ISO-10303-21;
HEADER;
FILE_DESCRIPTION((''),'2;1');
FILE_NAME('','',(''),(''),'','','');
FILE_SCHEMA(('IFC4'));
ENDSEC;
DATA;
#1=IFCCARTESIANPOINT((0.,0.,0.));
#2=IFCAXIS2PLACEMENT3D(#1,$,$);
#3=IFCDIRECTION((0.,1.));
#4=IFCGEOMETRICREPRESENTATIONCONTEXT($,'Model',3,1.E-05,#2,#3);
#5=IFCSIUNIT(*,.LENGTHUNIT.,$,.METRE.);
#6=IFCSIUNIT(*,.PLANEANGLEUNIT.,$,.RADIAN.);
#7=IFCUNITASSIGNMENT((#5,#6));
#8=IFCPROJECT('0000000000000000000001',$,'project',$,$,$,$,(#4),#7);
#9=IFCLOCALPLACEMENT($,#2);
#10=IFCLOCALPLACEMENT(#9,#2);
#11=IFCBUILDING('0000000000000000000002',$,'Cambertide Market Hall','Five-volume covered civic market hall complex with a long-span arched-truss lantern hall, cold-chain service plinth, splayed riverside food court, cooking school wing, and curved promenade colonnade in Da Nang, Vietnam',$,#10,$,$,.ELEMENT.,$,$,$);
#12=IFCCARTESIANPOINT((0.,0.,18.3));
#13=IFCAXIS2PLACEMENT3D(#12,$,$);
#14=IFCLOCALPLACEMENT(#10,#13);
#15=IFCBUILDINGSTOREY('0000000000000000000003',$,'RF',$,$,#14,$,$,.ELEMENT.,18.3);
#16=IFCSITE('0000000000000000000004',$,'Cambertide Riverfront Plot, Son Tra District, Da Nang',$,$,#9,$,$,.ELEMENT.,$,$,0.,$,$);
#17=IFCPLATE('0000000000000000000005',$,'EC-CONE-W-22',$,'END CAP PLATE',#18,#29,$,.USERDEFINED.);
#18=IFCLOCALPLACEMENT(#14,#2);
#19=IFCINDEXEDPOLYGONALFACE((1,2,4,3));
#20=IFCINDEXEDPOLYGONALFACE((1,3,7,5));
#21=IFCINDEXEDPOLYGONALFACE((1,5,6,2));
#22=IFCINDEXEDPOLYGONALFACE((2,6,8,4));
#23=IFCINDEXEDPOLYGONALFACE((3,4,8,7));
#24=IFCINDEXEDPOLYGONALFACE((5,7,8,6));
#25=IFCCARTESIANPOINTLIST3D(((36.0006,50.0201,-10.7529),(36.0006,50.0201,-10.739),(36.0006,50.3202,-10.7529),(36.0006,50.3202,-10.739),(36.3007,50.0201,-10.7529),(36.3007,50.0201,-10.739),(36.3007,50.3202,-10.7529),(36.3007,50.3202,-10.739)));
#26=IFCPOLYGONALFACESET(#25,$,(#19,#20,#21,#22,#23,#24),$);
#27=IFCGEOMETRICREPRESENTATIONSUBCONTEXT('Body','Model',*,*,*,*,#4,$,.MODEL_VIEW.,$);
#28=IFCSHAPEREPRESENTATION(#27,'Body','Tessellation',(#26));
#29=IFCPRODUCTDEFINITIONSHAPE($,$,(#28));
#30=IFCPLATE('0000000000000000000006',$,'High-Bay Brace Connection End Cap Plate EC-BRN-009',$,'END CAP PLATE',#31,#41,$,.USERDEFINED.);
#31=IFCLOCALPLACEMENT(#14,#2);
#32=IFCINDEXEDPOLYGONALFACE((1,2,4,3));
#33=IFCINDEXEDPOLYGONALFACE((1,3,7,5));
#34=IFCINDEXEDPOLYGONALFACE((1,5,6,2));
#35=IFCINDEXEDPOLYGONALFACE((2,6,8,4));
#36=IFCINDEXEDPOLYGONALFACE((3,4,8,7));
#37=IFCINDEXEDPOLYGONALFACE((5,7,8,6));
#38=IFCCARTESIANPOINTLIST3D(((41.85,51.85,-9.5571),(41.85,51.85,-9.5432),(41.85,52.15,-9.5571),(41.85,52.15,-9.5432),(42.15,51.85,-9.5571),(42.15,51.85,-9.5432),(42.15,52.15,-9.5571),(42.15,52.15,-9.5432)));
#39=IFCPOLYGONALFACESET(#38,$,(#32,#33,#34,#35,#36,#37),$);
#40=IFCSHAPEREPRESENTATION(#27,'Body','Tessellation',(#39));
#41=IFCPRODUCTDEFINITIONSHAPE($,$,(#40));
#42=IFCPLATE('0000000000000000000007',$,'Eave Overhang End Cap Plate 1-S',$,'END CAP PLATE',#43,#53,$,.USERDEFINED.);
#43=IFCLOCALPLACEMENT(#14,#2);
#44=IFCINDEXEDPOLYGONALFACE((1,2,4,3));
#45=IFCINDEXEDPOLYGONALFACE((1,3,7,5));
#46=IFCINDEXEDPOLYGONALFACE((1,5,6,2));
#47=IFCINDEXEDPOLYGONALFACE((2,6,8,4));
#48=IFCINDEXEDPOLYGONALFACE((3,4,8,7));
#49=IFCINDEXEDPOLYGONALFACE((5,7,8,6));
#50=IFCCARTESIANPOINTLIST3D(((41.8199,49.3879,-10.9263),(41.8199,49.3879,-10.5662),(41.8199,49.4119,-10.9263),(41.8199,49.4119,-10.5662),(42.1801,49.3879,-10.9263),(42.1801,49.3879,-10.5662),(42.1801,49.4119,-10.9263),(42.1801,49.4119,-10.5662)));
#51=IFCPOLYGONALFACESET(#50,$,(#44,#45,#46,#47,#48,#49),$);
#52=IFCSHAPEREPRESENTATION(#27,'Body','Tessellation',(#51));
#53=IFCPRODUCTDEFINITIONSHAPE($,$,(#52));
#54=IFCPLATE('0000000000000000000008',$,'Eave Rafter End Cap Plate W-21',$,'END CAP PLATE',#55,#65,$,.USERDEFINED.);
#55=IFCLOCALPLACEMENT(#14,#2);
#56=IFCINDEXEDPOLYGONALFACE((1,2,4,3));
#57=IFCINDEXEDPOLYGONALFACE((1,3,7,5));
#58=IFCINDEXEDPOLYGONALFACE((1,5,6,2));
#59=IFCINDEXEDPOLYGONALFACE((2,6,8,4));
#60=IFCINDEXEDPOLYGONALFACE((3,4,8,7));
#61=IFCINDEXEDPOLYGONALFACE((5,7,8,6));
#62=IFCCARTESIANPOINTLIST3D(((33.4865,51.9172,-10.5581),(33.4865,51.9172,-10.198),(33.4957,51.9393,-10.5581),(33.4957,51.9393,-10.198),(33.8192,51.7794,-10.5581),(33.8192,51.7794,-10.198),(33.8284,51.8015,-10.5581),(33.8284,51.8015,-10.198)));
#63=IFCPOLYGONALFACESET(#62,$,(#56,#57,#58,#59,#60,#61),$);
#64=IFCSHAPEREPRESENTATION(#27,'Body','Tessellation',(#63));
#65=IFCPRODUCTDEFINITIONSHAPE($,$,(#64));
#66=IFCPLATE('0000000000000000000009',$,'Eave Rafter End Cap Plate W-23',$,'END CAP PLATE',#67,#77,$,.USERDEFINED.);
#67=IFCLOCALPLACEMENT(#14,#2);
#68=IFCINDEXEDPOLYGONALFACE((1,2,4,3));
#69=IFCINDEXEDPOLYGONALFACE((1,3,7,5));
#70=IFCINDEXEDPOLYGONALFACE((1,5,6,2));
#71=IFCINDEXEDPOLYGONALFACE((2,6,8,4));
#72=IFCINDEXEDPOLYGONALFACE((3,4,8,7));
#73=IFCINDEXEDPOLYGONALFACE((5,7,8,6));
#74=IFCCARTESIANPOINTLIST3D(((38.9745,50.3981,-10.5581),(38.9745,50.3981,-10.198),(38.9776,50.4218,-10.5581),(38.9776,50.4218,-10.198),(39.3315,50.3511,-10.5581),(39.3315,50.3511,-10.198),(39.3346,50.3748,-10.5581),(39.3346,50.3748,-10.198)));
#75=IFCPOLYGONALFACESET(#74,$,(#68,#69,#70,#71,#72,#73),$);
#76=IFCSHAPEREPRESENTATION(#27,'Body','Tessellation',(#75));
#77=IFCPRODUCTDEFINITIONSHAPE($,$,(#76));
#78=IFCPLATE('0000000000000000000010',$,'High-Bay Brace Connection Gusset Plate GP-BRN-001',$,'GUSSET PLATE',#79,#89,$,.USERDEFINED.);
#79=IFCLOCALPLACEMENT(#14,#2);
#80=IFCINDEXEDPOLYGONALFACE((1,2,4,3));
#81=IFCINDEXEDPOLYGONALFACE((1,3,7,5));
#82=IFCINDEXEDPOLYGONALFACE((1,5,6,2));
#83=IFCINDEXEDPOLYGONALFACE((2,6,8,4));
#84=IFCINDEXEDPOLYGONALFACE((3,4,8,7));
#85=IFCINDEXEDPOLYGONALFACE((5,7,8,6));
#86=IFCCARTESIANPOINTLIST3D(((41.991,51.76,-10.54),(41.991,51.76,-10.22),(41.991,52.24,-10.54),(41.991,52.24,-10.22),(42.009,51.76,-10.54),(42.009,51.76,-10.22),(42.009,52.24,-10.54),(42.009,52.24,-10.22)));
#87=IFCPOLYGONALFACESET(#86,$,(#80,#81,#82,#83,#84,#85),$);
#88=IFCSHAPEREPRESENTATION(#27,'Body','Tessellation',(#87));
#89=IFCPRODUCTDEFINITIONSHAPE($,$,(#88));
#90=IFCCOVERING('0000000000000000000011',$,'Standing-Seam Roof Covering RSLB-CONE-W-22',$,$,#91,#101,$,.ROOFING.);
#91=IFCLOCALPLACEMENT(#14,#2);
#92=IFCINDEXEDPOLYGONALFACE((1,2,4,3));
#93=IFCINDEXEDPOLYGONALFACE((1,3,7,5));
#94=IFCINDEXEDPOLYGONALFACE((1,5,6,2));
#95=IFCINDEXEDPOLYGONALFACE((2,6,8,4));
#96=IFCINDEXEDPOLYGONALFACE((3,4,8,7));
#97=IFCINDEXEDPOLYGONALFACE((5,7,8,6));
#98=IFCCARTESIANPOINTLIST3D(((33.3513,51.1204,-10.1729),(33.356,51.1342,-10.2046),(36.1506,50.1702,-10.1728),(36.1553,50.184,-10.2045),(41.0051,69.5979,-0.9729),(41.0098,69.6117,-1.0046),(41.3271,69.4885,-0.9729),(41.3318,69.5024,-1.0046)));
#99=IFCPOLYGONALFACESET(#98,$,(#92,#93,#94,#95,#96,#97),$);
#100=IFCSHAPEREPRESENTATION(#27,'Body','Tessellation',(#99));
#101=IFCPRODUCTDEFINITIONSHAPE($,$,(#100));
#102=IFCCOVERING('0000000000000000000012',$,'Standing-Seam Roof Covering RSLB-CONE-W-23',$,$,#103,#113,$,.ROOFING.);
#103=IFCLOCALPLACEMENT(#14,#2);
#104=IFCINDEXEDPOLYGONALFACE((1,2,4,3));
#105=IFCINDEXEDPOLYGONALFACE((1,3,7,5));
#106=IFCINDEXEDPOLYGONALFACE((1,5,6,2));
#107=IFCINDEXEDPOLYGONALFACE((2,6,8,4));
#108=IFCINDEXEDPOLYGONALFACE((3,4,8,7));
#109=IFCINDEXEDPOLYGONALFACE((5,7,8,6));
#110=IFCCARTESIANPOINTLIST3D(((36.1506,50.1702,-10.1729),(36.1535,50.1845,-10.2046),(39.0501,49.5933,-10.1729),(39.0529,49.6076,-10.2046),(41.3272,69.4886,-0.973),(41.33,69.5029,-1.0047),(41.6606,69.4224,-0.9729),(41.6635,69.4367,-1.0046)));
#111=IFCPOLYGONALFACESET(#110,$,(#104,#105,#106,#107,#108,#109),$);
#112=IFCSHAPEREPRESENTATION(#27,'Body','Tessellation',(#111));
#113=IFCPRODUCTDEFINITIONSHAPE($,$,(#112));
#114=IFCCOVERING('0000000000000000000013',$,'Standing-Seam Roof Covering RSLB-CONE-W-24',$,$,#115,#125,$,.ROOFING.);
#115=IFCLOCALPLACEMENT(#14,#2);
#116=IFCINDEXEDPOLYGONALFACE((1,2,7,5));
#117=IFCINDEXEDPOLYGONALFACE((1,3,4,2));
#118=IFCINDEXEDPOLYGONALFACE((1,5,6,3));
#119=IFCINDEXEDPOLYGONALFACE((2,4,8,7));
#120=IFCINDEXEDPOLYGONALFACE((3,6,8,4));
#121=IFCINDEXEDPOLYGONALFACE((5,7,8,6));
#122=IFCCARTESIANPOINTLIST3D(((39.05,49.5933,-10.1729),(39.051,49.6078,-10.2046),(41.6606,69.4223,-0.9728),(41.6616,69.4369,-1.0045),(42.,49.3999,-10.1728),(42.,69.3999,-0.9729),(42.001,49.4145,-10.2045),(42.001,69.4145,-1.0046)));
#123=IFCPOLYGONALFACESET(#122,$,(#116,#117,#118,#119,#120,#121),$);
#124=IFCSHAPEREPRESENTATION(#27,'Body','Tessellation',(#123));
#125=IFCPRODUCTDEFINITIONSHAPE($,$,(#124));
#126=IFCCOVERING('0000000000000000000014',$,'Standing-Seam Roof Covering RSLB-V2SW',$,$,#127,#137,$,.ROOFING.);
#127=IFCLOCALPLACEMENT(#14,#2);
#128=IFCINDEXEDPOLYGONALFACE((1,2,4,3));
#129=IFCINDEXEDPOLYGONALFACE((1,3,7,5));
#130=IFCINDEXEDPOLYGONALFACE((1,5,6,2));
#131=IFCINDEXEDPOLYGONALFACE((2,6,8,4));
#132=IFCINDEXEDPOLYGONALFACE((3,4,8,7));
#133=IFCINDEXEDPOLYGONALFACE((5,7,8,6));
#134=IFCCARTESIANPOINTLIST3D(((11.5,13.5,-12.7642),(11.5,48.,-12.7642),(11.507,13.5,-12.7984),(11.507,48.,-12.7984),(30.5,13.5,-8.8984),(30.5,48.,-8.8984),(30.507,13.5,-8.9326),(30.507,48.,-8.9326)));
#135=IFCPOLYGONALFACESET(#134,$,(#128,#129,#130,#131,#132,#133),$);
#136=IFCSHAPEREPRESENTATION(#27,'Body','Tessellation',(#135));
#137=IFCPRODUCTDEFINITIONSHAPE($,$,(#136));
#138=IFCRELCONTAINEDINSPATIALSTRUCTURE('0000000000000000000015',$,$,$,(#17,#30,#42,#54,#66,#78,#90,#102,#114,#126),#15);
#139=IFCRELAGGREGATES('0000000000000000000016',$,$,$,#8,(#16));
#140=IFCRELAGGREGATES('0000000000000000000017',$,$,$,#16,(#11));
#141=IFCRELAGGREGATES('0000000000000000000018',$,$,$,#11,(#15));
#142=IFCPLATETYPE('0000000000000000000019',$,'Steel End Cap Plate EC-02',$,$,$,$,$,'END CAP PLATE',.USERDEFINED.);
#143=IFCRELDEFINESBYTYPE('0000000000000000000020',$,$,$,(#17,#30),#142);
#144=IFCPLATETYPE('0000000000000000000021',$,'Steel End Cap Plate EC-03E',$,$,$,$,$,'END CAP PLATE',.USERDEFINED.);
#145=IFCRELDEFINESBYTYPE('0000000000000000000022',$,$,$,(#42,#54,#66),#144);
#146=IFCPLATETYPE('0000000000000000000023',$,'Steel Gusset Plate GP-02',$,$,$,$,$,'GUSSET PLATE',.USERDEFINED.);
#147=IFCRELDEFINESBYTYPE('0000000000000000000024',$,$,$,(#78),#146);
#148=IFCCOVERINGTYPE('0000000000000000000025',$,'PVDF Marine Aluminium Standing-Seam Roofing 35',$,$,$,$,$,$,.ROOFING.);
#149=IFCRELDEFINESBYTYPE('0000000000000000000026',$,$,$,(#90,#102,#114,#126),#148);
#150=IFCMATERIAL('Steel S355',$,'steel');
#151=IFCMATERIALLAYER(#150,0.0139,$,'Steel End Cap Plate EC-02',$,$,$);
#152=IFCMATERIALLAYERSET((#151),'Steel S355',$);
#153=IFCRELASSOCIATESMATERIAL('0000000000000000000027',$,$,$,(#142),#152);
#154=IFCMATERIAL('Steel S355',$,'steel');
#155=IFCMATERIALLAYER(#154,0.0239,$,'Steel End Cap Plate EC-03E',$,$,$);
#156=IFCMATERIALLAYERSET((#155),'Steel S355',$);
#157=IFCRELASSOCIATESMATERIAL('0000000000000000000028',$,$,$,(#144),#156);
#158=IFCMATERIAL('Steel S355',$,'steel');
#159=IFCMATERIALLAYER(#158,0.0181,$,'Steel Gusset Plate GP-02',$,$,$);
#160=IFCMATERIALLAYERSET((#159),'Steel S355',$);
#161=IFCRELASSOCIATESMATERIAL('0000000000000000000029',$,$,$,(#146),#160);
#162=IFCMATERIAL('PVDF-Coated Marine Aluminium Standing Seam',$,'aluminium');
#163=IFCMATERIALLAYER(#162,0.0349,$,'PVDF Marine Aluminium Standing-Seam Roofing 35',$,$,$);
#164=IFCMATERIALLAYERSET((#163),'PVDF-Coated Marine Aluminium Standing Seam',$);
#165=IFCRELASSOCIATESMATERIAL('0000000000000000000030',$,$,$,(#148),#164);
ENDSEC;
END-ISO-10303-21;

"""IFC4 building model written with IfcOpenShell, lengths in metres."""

from ifc_helpers import new_model, si_unit, direction, frame, origin, origin_2d, place, context, subcontext, project, spatial, polyline, rectangle, outline, extrude, material, layer, layer_set, type_object, element, save


model = new_model("IFC4")

# Units and contexts
model_context = context("Model", 3, precision=1e-05, world=origin(), true_north=direction((0.0, 1.0)))
body_context = subcontext(model_context, "Body", "Model", "MODEL_VIEW")
ifc_project = project(units=[si_unit("LENGTHUNIT", "METRE"), si_unit("PLANEANGLEUNIT", "RADIAN")], contexts=[model_context])

# Site, building, storey
site_placement = place(None, origin())
site = spatial("IfcSite", under=ifc_project, at=site_placement, Name="Cambertide Riverfront Plot, Son Tra District, Da Nang", CompositionType="ELEMENT", RefElevation=0.0)
building_placement = place(site_placement, origin())
building = spatial("IfcBuilding", under=site, at=building_placement, Name="Cambertide Market Hall", Description="Five-volume covered civic market hall complex with a long-span arched-truss lantern hall, cold-chain service plinth, splayed riverside food court, cooking school wing, and curved promenade colonnade in Da Nang, Vietnam", CompositionType="ELEMENT")
storey_placement = place(building_placement, frame((0.0, 0.0, 18.3)))
storey = spatial("IfcBuildingStorey", under=building, at=storey_placement, Name="RF", CompositionType="ELEMENT", Elevation=18.3)

# Plates
ifc_material_1 = material(Name="Steel S355", Category="steel")
ifc_layer_1 = layer(ifc_material_1, 0.0139, Name="Steel End Cap Plate EC-02")
ifc_layer_set_1 = layer_set([ifc_layer_1], Name="Steel S355")
plate_type_1 = type_object("IfcPlateType", Name="Steel End Cap Plate EC-02", ElementType="END CAP PLATE", PredefinedType="USERDEFINED", material=ifc_layer_set_1)
for number, where, z_axis, x_axis, name in (
    (1, (36.1506, 50.1702, -10.7529), (0.0, 0.0, 1.0), (1.0, 0.0, 0.0), "EC-CONE-W-22"),
    (2, (42.0, 52.0, -9.5571), (0.0, 0.0, 1.0), (1.0, 0.0, 0.0), "High-Bay Brace Connection End Cap Plate EC-BRN-009"),
):
    element("IfcPlate", number, at=place(storey_placement, frame(where, z_axis=z_axis, x_axis=x_axis)), inside=storey, type_object=plate_type_1, Name=name, ObjectType="END CAP PLATE", PredefinedType="USERDEFINED", context=body_context, shape_type="SweptSolid", body=[
        extrude(rectangle(XDim=0.3, YDim=0.3, at=origin_2d()), origin(), (0.0, 0.0, 1.0), 0.0139),
    ])
ifc_material_2 = material(Name="Steel S355", Category="steel")
ifc_layer_2 = layer(ifc_material_2, 0.0239, Name="Steel End Cap Plate EC-03E")
ifc_layer_set_2 = layer_set([ifc_layer_2], Name="Steel S355")
plate_type_2 = type_object("IfcPlateType", Name="Steel End Cap Plate EC-03E", ElementType="END CAP PLATE", PredefinedType="USERDEFINED", material=ifc_layer_set_2)
plate_1_placement = place(storey_placement, frame((42.0, 49.3999, -10.9263), z_axis=(0.0, 0.0, 1.0), x_axis=(1.0, 0.0, 0.0)))
element("IfcPlate", 3, at=plate_1_placement, inside=storey, type_object=plate_type_2, Name="Eave Overhang End Cap Plate 1-S", ObjectType="END CAP PLATE", PredefinedType="USERDEFINED", context=body_context, shape_type="SweptSolid", body=[
    extrude(rectangle(XDim=0.3601, YDim=0.0239, at=origin_2d()), origin(), (0.0, 0.0, 1.0), 0.3601),
])
for number, where, z_axis, x_axis, name in (
    (4, (33.6575, 51.8594, -10.5581), (0.0, 0.0, 1.0), (-0.382683, -0.92388, 0.0), "Eave Rafter End Cap Plate W-21"),
    (5, (39.1545, 50.3865, -10.5581), (0.0, 0.0, 1.0), (-0.130526, -0.991445, 0.0), "Eave Rafter End Cap Plate W-23"),
):
    element("IfcPlate", number, at=place(storey_placement, frame(where, z_axis=z_axis, x_axis=x_axis)), inside=storey, type_object=plate_type_2, Name=name, ObjectType="END CAP PLATE", PredefinedType="USERDEFINED", context=body_context, shape_type="SweptSolid", body=[
        extrude(rectangle(XDim=0.0239, YDim=0.3601, at=origin_2d()), origin(), (0.0, 0.0, 1.0), 0.3601),
    ])
ifc_material_3 = material(Name="Steel S355", Category="steel")
ifc_layer_3 = layer(ifc_material_3, 0.0181, Name="Steel Gusset Plate GP-02")
ifc_layer_set_3 = layer_set([ifc_layer_3], Name="Steel S355")
plate_type_3 = type_object("IfcPlateType", Name="Steel Gusset Plate GP-02", ElementType="GUSSET PLATE", PredefinedType="USERDEFINED", material=ifc_layer_set_3)
plate_2_placement = place(storey_placement, frame((42.0, 52.0, -10.54), z_axis=(0.0, 0.0, 1.0), x_axis=(0.0, 1.0, 0.0)))
element("IfcPlate", 6, at=plate_2_placement, inside=storey, type_object=plate_type_3, Name="High-Bay Brace Connection Gusset Plate GP-BRN-001", ObjectType="GUSSET PLATE", PredefinedType="USERDEFINED", context=body_context, shape_type="SweptSolid", body=[
    extrude(rectangle(XDim=0.48, YDim=0.0181, at=origin_2d()), origin(), (0.0, 0.0, 1.0), 0.3201),
])

# Coverings
ifc_material_4 = material(Name="PVDF-Coated Marine Aluminium Standing Seam", Category="aluminium")
ifc_layer_4 = layer(ifc_material_4, 0.0349, Name="PVDF Marine Aluminium Standing-Seam Roofing 35")
ifc_layer_set_4 = layer_set([ifc_layer_4], Name="PVDF-Coated Marine Aluminium Standing Seam")
covering_type = type_object("IfcCoveringType", Name="PVDF Marine Aluminium Standing-Seam Roofing 35", PredefinedType="ROOFING", material=ifc_layer_set_4)
covering_1_placement = place(storey_placement, frame((33.3513, 51.1204, -10.1729), z_axis=(-0.134571, -0.396426, 0.90815), x_axis=(0.946934, -0.321429, 0.000007)))
element("IfcCovering", 7, at=covering_1_placement, inside=storey, type_object=covering_type, Name="Standing-Seam Roof Covering RSLB-CONE-W-22", PredefinedType="ROOFING", context=body_context, shape_type="SweptSolid", body=[
    extrude(outline(polyline([(0.0, 0.0), (2.9562, 0.0), (1.6486, 21.9755), (1.3085, 21.9756), (0.0, 0.0)])), origin(), (0.0, 0.0, -1.0), 0.0349),
])
covering_2_placement = place(storey_placement, frame((36.1506, 50.1702, -10.1729), z_axis=(-0.081673, -0.410599, 0.908151), x_axis=(0.980776, -0.195137, -0.000022)))
element("IfcCovering", 8, at=covering_2_placement, inside=storey, type_object=covering_type, Name="Standing-Seam Roof Covering RSLB-CONE-W-23", PredefinedType="ROOFING", context=body_context, shape_type="SweptSolid", body=[
    extrude(outline(polyline([(0.0, 0.0), (2.9563, 0.0), (1.6471, 21.9758), (1.3071, 21.9756), (0.0, 0.0)])), origin(), (0.0, 0.0, -1.0), 0.0349),
])
covering_3_placement = place(storey_placement, frame((39.05, 49.5933, -10.1729), z_axis=(-0.027409, -0.417743, 0.908152), x_axis=(0.997858, -0.065418, 0.000025)))
element("IfcCovering", 9, at=covering_3_placement, inside=storey, type_object=covering_type, Name="Standing-Seam Roof Covering RSLB-CONE-W-24", PredefinedType="ROOFING", context=body_context, shape_type="SweptSolid", body=[
    extrude(outline(polyline([(0.0, 0.0), (2.9563, 0.0), (1.6482, 21.9756), (1.3081, 21.9758), (0.0, 0.0)])), origin(), (0.0, 0.0, -1.0), 0.0349),
])
covering_4_placement = place(storey_placement, frame((11.5, 13.5, -12.7642), z_axis=(-0.199374, 0.0, 0.979923), x_axis=(0.979923, 0.0, 0.199374)))
element("IfcCovering", 10, at=covering_4_placement, inside=storey, type_object=covering_type, Name="Standing-Seam Roof Covering RSLB-V2SW", PredefinedType="ROOFING", context=body_context, shape_type="SweptSolid", body=[
    extrude(outline(polyline([(0.0, 0.0), (19.3893, 0.0), (19.3893, 34.5), (0.0, 34.5), (0.0, 0.0)])), origin(), (0.0, 0.0, -1.0), 0.0349),
])

save(model, "model.ifc")
